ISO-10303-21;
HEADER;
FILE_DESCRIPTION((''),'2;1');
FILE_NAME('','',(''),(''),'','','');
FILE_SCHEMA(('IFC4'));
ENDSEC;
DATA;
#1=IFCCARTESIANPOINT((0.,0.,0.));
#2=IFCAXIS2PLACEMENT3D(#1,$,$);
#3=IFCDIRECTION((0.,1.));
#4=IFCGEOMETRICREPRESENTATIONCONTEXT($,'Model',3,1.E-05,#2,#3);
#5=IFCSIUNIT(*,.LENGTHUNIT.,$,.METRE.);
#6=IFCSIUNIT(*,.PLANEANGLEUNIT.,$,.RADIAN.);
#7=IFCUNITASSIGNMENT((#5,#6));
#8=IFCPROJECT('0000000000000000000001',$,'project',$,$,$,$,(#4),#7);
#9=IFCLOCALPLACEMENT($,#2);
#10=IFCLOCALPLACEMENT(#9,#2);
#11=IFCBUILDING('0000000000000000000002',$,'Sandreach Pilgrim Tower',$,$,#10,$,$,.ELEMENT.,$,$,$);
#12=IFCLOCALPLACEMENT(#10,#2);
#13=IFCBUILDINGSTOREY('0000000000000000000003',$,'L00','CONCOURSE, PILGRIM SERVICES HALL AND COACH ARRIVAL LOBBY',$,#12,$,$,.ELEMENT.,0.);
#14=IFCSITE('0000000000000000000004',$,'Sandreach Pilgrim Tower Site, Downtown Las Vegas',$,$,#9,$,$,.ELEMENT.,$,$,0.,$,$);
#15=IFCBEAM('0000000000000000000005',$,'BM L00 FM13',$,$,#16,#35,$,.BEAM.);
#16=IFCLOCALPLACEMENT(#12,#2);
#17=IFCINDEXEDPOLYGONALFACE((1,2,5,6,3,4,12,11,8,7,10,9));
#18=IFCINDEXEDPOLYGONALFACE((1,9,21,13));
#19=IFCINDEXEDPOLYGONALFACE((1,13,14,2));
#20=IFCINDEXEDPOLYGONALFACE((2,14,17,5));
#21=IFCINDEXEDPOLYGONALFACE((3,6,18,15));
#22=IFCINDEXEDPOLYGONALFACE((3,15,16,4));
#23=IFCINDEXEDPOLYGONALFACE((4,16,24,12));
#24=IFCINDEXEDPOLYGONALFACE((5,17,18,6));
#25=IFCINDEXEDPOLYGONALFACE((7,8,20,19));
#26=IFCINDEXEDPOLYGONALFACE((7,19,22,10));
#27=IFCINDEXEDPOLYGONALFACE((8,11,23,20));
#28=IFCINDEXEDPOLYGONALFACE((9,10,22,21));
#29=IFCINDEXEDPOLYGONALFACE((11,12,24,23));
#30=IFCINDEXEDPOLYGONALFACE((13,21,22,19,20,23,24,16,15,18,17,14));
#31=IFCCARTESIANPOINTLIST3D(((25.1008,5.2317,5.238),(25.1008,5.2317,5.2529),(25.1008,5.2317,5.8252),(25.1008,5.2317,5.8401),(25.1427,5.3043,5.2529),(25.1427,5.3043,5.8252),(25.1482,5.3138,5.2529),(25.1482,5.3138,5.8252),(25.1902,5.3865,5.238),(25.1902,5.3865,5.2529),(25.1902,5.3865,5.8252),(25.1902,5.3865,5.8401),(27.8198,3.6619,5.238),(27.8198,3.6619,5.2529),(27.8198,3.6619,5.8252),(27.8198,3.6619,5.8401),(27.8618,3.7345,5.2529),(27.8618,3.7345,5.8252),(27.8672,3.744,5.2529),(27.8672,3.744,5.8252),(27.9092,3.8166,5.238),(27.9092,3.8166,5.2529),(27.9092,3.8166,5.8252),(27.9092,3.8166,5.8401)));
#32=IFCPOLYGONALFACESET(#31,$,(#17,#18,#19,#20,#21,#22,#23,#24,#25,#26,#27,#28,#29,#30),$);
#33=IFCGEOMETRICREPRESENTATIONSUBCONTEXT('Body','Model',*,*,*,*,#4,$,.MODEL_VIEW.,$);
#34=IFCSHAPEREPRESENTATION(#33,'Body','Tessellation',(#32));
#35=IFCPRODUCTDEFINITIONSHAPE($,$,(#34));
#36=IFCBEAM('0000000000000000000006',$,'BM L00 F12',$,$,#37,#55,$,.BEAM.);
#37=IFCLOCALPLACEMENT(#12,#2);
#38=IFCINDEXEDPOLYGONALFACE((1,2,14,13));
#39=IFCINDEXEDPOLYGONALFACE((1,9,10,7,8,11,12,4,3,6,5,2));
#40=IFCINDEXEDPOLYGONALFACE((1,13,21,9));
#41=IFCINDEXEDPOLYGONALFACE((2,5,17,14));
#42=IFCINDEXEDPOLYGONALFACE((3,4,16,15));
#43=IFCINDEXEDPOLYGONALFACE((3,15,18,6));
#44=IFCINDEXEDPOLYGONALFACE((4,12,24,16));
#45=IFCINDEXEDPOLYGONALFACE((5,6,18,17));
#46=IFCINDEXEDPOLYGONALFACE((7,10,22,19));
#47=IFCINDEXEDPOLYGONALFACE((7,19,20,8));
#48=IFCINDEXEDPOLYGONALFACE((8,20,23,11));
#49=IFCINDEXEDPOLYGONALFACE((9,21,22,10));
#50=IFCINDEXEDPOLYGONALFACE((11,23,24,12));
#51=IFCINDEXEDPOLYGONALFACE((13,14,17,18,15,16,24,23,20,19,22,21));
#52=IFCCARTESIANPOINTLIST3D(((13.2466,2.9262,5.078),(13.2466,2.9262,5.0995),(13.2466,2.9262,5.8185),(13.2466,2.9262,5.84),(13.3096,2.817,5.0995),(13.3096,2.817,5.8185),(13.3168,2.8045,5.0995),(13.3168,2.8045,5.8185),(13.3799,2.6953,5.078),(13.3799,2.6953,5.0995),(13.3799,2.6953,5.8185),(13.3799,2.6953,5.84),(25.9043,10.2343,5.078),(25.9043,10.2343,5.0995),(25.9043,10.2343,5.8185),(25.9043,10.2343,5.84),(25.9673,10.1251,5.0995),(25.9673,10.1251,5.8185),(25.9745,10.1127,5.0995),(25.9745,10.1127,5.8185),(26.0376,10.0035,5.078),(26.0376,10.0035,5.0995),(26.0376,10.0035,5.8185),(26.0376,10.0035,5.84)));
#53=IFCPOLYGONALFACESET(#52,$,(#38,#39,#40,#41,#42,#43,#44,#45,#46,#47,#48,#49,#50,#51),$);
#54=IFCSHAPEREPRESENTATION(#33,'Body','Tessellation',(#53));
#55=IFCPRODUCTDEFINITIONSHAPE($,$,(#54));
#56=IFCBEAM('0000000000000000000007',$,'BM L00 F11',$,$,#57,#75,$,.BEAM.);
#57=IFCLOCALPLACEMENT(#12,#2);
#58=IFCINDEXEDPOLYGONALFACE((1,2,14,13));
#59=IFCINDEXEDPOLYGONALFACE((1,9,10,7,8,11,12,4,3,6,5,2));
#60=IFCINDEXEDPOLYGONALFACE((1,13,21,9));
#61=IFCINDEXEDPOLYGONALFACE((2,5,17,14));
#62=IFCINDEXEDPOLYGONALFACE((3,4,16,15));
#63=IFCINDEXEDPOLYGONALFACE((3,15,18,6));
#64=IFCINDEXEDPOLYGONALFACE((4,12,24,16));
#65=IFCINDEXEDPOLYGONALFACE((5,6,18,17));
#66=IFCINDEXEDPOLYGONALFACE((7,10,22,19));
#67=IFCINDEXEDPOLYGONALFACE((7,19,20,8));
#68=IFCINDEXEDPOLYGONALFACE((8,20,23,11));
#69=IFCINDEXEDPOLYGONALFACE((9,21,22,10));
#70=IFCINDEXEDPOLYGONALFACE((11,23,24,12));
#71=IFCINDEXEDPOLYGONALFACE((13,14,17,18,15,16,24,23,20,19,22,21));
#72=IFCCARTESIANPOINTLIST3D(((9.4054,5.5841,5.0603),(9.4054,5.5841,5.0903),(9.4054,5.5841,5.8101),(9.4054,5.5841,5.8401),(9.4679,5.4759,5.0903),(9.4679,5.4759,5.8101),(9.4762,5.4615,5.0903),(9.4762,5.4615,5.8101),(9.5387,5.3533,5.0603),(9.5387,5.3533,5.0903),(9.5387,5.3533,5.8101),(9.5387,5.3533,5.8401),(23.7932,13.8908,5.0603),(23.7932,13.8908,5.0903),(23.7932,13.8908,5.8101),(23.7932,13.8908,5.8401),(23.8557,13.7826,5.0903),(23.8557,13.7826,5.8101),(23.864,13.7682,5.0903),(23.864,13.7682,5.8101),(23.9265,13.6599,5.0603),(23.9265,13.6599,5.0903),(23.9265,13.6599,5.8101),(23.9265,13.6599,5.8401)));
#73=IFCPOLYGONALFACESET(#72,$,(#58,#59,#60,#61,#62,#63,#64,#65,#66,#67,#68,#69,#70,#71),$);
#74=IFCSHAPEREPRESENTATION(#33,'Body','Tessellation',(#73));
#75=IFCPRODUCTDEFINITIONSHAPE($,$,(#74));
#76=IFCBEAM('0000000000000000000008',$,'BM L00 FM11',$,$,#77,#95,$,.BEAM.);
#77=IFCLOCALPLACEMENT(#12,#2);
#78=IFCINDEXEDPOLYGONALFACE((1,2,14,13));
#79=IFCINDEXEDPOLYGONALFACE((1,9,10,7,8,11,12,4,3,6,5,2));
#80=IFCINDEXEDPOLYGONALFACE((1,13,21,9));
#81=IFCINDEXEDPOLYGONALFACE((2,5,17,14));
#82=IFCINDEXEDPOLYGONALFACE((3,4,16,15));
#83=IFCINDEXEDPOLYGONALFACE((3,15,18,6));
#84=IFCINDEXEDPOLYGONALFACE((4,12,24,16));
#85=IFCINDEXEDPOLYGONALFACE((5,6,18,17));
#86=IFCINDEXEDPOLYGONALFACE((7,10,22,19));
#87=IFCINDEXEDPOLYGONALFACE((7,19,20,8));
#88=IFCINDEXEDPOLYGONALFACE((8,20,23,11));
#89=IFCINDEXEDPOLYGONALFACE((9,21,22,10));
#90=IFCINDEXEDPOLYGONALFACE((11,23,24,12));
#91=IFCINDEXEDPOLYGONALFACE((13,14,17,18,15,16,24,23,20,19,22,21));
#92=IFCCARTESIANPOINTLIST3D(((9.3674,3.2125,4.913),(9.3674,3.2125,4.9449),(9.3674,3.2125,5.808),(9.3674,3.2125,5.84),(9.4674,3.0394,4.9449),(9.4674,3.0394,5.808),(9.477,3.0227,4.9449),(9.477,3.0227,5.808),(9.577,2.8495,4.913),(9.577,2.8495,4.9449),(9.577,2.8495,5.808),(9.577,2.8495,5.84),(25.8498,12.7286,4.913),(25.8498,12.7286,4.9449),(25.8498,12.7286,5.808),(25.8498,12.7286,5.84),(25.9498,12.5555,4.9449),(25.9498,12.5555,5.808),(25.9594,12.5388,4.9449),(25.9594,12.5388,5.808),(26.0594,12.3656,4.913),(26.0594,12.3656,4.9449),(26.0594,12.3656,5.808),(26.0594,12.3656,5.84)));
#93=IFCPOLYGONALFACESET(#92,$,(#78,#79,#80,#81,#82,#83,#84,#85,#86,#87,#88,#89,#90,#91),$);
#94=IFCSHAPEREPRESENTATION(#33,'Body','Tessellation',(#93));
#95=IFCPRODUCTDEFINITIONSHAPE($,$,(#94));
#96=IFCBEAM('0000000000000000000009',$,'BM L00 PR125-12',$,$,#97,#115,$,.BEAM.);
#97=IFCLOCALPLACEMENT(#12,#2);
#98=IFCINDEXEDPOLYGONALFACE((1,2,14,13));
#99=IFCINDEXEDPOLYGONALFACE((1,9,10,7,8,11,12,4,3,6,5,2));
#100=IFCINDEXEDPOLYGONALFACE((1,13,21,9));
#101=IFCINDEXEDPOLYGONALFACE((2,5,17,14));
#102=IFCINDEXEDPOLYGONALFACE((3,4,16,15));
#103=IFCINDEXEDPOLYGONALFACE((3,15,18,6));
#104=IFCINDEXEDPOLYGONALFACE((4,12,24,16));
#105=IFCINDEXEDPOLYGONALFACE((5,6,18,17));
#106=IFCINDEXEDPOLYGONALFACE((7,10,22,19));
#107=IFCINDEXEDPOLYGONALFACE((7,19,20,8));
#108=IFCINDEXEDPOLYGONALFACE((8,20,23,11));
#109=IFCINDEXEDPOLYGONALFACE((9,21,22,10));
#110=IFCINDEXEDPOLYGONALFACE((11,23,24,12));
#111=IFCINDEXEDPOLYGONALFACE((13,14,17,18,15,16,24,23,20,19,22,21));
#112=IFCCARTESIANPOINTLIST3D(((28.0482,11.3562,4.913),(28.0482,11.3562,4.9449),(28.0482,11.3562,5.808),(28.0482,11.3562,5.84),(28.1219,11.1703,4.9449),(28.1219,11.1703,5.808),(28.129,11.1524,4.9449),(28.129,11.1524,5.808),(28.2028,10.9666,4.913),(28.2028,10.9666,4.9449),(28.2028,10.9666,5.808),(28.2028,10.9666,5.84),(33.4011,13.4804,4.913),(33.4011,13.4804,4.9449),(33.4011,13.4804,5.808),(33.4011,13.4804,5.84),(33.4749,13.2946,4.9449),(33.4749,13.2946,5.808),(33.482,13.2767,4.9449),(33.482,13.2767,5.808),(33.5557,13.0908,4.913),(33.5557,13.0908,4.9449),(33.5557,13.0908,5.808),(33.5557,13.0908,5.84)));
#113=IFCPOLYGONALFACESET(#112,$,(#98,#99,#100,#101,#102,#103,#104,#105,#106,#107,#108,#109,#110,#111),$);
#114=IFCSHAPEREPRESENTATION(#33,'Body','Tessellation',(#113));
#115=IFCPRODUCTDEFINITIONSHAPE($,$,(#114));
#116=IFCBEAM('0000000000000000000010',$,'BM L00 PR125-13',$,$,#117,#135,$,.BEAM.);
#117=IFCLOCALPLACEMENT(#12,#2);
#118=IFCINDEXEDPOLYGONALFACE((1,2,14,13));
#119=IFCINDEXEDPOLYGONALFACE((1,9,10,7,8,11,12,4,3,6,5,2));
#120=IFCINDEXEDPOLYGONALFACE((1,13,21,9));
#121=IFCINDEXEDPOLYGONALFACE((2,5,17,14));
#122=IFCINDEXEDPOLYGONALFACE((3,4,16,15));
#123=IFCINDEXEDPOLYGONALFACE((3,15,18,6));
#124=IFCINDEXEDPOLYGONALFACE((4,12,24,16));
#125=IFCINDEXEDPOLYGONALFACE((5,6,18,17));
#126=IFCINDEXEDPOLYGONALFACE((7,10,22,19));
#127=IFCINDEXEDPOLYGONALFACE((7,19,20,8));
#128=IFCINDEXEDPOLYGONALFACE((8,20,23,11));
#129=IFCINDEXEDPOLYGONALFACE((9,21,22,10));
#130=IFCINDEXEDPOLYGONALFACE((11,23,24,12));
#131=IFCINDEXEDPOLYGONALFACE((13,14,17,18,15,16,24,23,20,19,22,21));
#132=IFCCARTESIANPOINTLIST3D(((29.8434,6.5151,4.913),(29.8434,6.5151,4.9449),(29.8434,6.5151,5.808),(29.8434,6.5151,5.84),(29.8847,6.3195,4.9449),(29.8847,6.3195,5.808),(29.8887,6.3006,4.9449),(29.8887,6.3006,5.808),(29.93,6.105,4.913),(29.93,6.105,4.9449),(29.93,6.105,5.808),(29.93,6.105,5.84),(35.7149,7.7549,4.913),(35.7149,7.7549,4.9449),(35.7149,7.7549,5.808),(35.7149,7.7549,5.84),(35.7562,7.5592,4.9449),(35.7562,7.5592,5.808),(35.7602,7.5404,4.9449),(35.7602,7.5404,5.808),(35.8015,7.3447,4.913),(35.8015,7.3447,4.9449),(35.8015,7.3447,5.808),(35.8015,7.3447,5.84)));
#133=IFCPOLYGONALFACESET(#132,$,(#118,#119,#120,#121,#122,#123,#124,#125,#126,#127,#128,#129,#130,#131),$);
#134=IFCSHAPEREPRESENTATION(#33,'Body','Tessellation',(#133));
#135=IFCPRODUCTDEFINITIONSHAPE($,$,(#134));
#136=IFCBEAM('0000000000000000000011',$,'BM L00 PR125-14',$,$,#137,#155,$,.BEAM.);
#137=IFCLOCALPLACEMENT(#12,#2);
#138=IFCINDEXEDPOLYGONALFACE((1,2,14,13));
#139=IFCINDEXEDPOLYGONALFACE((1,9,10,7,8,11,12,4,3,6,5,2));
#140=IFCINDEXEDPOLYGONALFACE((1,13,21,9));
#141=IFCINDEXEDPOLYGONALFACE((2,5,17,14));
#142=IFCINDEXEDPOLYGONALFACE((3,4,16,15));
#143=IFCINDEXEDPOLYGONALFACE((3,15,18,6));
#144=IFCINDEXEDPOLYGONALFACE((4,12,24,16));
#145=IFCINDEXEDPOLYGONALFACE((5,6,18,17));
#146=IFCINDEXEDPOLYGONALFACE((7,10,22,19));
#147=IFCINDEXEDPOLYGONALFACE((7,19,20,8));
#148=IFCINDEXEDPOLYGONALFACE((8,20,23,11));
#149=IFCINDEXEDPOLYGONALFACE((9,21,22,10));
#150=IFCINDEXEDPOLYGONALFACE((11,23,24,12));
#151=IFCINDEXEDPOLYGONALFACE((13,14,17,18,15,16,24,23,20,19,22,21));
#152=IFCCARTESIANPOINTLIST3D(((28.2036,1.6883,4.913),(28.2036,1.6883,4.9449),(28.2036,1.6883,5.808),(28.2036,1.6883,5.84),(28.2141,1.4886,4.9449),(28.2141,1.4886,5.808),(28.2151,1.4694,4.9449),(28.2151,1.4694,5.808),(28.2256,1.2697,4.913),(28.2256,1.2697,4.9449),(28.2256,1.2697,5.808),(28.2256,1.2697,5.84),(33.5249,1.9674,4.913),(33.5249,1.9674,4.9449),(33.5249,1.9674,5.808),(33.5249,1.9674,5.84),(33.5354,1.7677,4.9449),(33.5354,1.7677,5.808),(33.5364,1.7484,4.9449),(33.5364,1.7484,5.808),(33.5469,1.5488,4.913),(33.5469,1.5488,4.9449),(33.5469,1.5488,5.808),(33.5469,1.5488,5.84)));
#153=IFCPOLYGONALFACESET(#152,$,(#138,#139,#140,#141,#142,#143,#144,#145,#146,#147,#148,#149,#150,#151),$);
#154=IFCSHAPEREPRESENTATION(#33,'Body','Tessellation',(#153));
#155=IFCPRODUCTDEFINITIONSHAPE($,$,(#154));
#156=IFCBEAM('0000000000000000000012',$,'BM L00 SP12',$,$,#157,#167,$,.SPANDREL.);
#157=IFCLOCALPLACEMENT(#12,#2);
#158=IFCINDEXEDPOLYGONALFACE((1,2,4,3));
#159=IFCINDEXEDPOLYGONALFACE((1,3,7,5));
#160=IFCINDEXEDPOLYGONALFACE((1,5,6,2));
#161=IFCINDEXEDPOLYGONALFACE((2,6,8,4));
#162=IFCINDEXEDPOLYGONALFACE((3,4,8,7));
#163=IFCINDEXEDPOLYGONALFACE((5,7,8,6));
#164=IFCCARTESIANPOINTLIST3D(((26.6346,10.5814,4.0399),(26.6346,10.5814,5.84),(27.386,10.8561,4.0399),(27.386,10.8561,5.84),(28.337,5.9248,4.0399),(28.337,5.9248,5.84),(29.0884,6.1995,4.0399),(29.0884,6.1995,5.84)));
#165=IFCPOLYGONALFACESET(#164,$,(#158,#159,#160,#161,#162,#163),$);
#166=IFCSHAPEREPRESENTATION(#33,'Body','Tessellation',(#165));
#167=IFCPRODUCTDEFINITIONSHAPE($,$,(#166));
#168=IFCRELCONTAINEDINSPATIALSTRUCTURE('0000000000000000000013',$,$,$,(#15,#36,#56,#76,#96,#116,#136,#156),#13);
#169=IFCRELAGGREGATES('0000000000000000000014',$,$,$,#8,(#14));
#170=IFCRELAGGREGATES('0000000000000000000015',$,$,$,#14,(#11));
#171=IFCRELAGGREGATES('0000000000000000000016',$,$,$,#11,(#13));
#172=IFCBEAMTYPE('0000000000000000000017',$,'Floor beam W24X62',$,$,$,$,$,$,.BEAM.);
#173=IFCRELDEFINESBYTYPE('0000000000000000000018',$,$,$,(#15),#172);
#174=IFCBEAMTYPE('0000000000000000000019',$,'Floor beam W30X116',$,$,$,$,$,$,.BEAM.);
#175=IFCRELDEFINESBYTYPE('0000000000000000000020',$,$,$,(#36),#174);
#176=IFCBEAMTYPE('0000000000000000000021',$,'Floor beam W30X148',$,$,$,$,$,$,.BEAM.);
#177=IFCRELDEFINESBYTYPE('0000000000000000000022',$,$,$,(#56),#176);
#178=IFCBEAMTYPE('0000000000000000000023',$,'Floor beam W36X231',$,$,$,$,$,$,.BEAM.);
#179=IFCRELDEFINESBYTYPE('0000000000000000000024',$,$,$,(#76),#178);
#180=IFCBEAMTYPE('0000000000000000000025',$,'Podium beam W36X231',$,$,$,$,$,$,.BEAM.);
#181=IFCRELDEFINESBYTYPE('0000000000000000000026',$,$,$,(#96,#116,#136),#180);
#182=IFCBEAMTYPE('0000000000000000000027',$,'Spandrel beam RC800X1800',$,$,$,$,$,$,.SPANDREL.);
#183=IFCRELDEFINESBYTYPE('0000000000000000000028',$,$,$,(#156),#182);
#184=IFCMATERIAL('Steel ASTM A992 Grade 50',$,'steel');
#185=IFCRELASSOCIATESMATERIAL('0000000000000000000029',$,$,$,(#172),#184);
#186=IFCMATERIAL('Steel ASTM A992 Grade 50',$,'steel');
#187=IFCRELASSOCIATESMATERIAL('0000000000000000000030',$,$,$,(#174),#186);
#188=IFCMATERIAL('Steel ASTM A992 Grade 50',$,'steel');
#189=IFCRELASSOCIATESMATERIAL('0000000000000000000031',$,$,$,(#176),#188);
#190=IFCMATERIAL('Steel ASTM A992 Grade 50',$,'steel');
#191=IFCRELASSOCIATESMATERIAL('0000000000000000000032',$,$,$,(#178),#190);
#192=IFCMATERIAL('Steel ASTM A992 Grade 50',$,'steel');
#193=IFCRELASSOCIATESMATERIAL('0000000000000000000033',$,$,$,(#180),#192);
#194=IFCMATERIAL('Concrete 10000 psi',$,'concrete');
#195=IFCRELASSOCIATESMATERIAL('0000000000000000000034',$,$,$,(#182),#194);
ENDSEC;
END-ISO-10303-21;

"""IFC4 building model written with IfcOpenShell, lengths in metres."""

from ifc_helpers import new_model, si_unit, direction, frame, origin, origin_2d, place, context, subcontext, project, spatial, rectangle, i_section, extrude, material, material_profile, profile_set, type_object, element, save


model = new_model("IFC4")

# Units and contexts
model_context = context("Model", 3, precision=1e-05, world=origin(), true_north=direction((0.0, 1.0)))
body_context = subcontext(model_context, "Body", "Model", "MODEL_VIEW")
ifc_project = project(units=[si_unit("LENGTHUNIT", "METRE"), si_unit("PLANEANGLEUNIT", "RADIAN")], contexts=[model_context])

# Site, building, storey
site_placement = place(None, origin())
site = spatial("IfcSite", under=ifc_project, at=site_placement, Name="Sandreach Pilgrim Tower Site, Downtown Las Vegas", CompositionType="ELEMENT", RefElevation=0.0)
building_placement = place(site_placement, origin())
building = spatial("IfcBuilding", under=site, at=building_placement, Name="Sandreach Pilgrim Tower", CompositionType="ELEMENT")
storey_placement = place(building_placement, origin())
storey = spatial("IfcBuildingStorey", under=building, at=storey_placement, Name="L00", Description="CONCOURSE, PILGRIM SERVICES HALL AND COACH ARRIVAL LOBBY", CompositionType="ELEMENT", Elevation=0.0)

# Beams
ifc_material_1 = material(Name="Steel ASTM A992 Grade 50", Category="steel")
ifc_material_profile_1 = material_profile(ifc_material_1, i_section(OverallWidth=0.1787, OverallDepth=0.6021, WebThickness=0.011, FlangeThickness=0.0149, at=origin_2d()), Name="W24X62")
ifc_profile_set_1 = profile_set([ifc_material_profile_1], Name="Steel ASTM A992 Grade 50")
beam_type_1 = type_object("IfcBeamType", Name="Floor beam W24X62", PredefinedType="BEAM", material=ifc_profile_set_1)
beam_1_placement = place(storey_placement, frame((27.8645, 3.7393, 5.5391), z_axis=(-0.866024, 0.500003, 0.0), x_axis=(-0.500003, -0.866024, 0.0)))
element("IfcBeam", 1, at=beam_1_placement, inside=storey, type_object=beam_type_1, Name="BM L00 FM13", PredefinedType="BEAM", context=body_context, shape_type="SweptSolid", body=[
    extrude(i_section(OverallWidth=0.1787, OverallDepth=0.6021, WebThickness=0.011, FlangeThickness=0.0149, at=origin_2d()), origin(), (0.0, 0.0, 1.0), 3.1396),
])
ifc_material_2 = material(Name="Steel ASTM A992 Grade 50", Category="steel")
ifc_material_profile_2 = material_profile(ifc_material_2, i_section(OverallWidth=0.2666, OverallDepth=0.762, WebThickness=0.0144, FlangeThickness=0.0215, at=origin_2d()), Name="W30X116")
ifc_profile_set_2 = profile_set([ifc_material_profile_2], Name="Steel ASTM A992 Grade 50")
beam_type_2 = type_object("IfcBeamType", Name="Floor beam W30X116", PredefinedType="BEAM", material=ifc_profile_set_2)
beam_2_placement = place(storey_placement, frame((25.9709, 10.1189, 5.459), z_axis=(-0.86602, -0.500009, 0.0), x_axis=(0.500009, -0.86602, 0.0)))
element("IfcBeam", 2, at=beam_2_placement, inside=storey, type_object=beam_type_2, Name="BM L00 F12", PredefinedType="BEAM", context=body_context, shape_type="SweptSolid", body=[
    extrude(i_section(OverallWidth=0.2666, OverallDepth=0.762, WebThickness=0.0144, FlangeThickness=0.0215, at=origin_2d()), origin(), (0.0, 0.0, 1.0), 14.616),
])
ifc_material_3 = material(Name="Steel ASTM A992 Grade 50", Category="steel")
ifc_material_profile_3 = material_profile(ifc_material_3, i_section(OverallWidth=0.2666, OverallDepth=0.7798, WebThickness=0.0166, FlangeThickness=0.03, at=origin_2d()), Name="W30X148")
ifc_profile_set_3 = profile_set([ifc_material_profile_3], Name="Steel ASTM A992 Grade 50")
beam_type_3 = type_object("IfcBeamType", Name="Floor beam W30X148", PredefinedType="BEAM", material=ifc_profile_set_3)
beam_3_placement = place(storey_placement, frame((23.8599, 13.7754, 5.4502), z_axis=(-0.866028, -0.499996, 0.0), x_axis=(0.499996, -0.866028, 0.0)))
element("IfcBeam", 3, at=beam_3_placement, inside=storey, type_object=beam_type_3, Name="BM L00 F11", PredefinedType="BEAM", context=body_context, shape_type="SweptSolid", body=[
    extrude(i_section(OverallWidth=0.2666, OverallDepth=0.7798, WebThickness=0.0166, FlangeThickness=0.03, at=origin_2d()), origin(), (0.0, 0.0, 1.0), 16.6135),
])
ifc_material_4 = material(Name="Steel ASTM A992 Grade 50", Category="steel")
ifc_material_profile_4 = material_profile(ifc_material_4, i_section(OverallWidth=0.4192, OverallDepth=0.927, WebThickness=0.0193, FlangeThickness=0.032, at=origin_2d()), Name="W36X231")
ifc_profile_set_4 = profile_set([ifc_material_profile_4], Name="Steel ASTM A992 Grade 50")
beam_type_4 = type_object("IfcBeamType", Name="Floor beam W36X231", PredefinedType="BEAM", material=ifc_profile_set_4)
beam_4_placement = place(storey_placement, frame((25.9546, 12.5471, 5.3765), z_axis=(-0.866026, -0.499999, 0.0), x_axis=(0.499999, -0.866026, 0.0)))
element("IfcBeam", 4, at=beam_4_placement, inside=storey, type_object=beam_type_4, Name="BM L00 FM11", PredefinedType="BEAM", context=body_context, shape_type="SweptSolid", body=[
    extrude(i_section(OverallWidth=0.4192, OverallDepth=0.927, WebThickness=0.0193, FlangeThickness=0.032, at=origin_2d()), origin(), (0.0, 0.0, 1.0), 19.0322),
])
ifc_material_5 = material(Name="Steel ASTM A992 Grade 50", Category="steel")
ifc_material_profile_5 = material_profile(ifc_material_5, i_section(OverallWidth=0.4192, OverallDepth=0.927, WebThickness=0.0193, FlangeThickness=0.032, at=origin_2d()), Name="W36X231")
ifc_profile_set_5 = profile_set([ifc_material_profile_5], Name="Steel ASTM A992 Grade 50")
beam_type_5 = type_object("IfcBeamType", Name="Podium beam W36X231", PredefinedType="BEAM", material=ifc_profile_set_5)
beam_5_placement = place(storey_placement, frame((28.1255, 11.1614, 5.3765), z_axis=(0.929488, 0.368853, 0.0), x_axis=(-0.368853, 0.929488, 0.0)))
element("IfcBeam", 5, at=beam_5_placement, inside=storey, type_object=beam_type_5, Name="BM L00 PR125-12", PredefinedType="BEAM", context=body_context, shape_type="SweptSolid", body=[
    extrude(i_section(OverallWidth=0.4192, OverallDepth=0.927, WebThickness=0.0193, FlangeThickness=0.032, at=origin_2d()), origin(), (0.0, 0.0, 1.0), 5.759),
])
beam_6_placement = place(storey_placement, frame((29.8867, 6.3101, 5.3765), z_axis=(0.978428, 0.206589, 0.0), x_axis=(-0.206589, 0.978428, 0.0)))
element("IfcBeam", 6, at=beam_6_placement, inside=storey, type_object=beam_type_5, Name="BM L00 PR125-13", PredefinedType="BEAM", context=body_context, shape_type="SweptSolid", body=[
    extrude(i_section(OverallWidth=0.4192, OverallDepth=0.927, WebThickness=0.0193, FlangeThickness=0.032, at=origin_2d()), origin(), (0.0, 0.0, 1.0), 6.001),
])
beam_7_placement = place(storey_placement, frame((28.2146, 1.479, 5.3765), z_axis=(0.998628, 0.052369, 0.0), x_axis=(-0.052369, 0.998628, 0.0)))
element("IfcBeam", 7, at=beam_7_placement, inside=storey, type_object=beam_type_5, Name="BM L00 PR125-14", PredefinedType="BEAM", context=body_context, shape_type="SweptSolid", body=[
    extrude(i_section(OverallWidth=0.4192, OverallDepth=0.927, WebThickness=0.0193, FlangeThickness=0.032, at=origin_2d()), origin(), (0.0, 0.0, 1.0), 5.3286),
])
ifc_material_6 = material(Name="Concrete 10000 psi", Category="concrete")
ifc_material_profile_6 = material_profile(ifc_material_6, rectangle(XDim=0.8, YDim=1.8, at=origin_2d()), Name="RC800X1800")
ifc_profile_set_6 = profile_set([ifc_material_profile_6], Name="Concrete 10000 psi")
beam_type_6 = type_object("IfcBeamType", Name="Spandrel beam RC800X1800", PredefinedType="SPANDREL", material=ifc_profile_set_6)
beam_8_placement = place(storey_placement, frame((27.0103, 10.7188, 4.9399), z_axis=(0.343368, -0.939201, 0.0), x_axis=(0.939201, 0.343368, 0.0)))
element("IfcBeam", 8, at=beam_8_placement, inside=storey, type_object=beam_type_6, Name="BM L00 SP12", PredefinedType="SPANDREL", context=body_context, shape_type="SweptSolid", body=[
    extrude(rectangle(XDim=0.8, YDim=1.8, at=origin_2d()), origin(), (0.0, 0.0, 1.0), 4.958),
])

save(model, "model.ifc")
